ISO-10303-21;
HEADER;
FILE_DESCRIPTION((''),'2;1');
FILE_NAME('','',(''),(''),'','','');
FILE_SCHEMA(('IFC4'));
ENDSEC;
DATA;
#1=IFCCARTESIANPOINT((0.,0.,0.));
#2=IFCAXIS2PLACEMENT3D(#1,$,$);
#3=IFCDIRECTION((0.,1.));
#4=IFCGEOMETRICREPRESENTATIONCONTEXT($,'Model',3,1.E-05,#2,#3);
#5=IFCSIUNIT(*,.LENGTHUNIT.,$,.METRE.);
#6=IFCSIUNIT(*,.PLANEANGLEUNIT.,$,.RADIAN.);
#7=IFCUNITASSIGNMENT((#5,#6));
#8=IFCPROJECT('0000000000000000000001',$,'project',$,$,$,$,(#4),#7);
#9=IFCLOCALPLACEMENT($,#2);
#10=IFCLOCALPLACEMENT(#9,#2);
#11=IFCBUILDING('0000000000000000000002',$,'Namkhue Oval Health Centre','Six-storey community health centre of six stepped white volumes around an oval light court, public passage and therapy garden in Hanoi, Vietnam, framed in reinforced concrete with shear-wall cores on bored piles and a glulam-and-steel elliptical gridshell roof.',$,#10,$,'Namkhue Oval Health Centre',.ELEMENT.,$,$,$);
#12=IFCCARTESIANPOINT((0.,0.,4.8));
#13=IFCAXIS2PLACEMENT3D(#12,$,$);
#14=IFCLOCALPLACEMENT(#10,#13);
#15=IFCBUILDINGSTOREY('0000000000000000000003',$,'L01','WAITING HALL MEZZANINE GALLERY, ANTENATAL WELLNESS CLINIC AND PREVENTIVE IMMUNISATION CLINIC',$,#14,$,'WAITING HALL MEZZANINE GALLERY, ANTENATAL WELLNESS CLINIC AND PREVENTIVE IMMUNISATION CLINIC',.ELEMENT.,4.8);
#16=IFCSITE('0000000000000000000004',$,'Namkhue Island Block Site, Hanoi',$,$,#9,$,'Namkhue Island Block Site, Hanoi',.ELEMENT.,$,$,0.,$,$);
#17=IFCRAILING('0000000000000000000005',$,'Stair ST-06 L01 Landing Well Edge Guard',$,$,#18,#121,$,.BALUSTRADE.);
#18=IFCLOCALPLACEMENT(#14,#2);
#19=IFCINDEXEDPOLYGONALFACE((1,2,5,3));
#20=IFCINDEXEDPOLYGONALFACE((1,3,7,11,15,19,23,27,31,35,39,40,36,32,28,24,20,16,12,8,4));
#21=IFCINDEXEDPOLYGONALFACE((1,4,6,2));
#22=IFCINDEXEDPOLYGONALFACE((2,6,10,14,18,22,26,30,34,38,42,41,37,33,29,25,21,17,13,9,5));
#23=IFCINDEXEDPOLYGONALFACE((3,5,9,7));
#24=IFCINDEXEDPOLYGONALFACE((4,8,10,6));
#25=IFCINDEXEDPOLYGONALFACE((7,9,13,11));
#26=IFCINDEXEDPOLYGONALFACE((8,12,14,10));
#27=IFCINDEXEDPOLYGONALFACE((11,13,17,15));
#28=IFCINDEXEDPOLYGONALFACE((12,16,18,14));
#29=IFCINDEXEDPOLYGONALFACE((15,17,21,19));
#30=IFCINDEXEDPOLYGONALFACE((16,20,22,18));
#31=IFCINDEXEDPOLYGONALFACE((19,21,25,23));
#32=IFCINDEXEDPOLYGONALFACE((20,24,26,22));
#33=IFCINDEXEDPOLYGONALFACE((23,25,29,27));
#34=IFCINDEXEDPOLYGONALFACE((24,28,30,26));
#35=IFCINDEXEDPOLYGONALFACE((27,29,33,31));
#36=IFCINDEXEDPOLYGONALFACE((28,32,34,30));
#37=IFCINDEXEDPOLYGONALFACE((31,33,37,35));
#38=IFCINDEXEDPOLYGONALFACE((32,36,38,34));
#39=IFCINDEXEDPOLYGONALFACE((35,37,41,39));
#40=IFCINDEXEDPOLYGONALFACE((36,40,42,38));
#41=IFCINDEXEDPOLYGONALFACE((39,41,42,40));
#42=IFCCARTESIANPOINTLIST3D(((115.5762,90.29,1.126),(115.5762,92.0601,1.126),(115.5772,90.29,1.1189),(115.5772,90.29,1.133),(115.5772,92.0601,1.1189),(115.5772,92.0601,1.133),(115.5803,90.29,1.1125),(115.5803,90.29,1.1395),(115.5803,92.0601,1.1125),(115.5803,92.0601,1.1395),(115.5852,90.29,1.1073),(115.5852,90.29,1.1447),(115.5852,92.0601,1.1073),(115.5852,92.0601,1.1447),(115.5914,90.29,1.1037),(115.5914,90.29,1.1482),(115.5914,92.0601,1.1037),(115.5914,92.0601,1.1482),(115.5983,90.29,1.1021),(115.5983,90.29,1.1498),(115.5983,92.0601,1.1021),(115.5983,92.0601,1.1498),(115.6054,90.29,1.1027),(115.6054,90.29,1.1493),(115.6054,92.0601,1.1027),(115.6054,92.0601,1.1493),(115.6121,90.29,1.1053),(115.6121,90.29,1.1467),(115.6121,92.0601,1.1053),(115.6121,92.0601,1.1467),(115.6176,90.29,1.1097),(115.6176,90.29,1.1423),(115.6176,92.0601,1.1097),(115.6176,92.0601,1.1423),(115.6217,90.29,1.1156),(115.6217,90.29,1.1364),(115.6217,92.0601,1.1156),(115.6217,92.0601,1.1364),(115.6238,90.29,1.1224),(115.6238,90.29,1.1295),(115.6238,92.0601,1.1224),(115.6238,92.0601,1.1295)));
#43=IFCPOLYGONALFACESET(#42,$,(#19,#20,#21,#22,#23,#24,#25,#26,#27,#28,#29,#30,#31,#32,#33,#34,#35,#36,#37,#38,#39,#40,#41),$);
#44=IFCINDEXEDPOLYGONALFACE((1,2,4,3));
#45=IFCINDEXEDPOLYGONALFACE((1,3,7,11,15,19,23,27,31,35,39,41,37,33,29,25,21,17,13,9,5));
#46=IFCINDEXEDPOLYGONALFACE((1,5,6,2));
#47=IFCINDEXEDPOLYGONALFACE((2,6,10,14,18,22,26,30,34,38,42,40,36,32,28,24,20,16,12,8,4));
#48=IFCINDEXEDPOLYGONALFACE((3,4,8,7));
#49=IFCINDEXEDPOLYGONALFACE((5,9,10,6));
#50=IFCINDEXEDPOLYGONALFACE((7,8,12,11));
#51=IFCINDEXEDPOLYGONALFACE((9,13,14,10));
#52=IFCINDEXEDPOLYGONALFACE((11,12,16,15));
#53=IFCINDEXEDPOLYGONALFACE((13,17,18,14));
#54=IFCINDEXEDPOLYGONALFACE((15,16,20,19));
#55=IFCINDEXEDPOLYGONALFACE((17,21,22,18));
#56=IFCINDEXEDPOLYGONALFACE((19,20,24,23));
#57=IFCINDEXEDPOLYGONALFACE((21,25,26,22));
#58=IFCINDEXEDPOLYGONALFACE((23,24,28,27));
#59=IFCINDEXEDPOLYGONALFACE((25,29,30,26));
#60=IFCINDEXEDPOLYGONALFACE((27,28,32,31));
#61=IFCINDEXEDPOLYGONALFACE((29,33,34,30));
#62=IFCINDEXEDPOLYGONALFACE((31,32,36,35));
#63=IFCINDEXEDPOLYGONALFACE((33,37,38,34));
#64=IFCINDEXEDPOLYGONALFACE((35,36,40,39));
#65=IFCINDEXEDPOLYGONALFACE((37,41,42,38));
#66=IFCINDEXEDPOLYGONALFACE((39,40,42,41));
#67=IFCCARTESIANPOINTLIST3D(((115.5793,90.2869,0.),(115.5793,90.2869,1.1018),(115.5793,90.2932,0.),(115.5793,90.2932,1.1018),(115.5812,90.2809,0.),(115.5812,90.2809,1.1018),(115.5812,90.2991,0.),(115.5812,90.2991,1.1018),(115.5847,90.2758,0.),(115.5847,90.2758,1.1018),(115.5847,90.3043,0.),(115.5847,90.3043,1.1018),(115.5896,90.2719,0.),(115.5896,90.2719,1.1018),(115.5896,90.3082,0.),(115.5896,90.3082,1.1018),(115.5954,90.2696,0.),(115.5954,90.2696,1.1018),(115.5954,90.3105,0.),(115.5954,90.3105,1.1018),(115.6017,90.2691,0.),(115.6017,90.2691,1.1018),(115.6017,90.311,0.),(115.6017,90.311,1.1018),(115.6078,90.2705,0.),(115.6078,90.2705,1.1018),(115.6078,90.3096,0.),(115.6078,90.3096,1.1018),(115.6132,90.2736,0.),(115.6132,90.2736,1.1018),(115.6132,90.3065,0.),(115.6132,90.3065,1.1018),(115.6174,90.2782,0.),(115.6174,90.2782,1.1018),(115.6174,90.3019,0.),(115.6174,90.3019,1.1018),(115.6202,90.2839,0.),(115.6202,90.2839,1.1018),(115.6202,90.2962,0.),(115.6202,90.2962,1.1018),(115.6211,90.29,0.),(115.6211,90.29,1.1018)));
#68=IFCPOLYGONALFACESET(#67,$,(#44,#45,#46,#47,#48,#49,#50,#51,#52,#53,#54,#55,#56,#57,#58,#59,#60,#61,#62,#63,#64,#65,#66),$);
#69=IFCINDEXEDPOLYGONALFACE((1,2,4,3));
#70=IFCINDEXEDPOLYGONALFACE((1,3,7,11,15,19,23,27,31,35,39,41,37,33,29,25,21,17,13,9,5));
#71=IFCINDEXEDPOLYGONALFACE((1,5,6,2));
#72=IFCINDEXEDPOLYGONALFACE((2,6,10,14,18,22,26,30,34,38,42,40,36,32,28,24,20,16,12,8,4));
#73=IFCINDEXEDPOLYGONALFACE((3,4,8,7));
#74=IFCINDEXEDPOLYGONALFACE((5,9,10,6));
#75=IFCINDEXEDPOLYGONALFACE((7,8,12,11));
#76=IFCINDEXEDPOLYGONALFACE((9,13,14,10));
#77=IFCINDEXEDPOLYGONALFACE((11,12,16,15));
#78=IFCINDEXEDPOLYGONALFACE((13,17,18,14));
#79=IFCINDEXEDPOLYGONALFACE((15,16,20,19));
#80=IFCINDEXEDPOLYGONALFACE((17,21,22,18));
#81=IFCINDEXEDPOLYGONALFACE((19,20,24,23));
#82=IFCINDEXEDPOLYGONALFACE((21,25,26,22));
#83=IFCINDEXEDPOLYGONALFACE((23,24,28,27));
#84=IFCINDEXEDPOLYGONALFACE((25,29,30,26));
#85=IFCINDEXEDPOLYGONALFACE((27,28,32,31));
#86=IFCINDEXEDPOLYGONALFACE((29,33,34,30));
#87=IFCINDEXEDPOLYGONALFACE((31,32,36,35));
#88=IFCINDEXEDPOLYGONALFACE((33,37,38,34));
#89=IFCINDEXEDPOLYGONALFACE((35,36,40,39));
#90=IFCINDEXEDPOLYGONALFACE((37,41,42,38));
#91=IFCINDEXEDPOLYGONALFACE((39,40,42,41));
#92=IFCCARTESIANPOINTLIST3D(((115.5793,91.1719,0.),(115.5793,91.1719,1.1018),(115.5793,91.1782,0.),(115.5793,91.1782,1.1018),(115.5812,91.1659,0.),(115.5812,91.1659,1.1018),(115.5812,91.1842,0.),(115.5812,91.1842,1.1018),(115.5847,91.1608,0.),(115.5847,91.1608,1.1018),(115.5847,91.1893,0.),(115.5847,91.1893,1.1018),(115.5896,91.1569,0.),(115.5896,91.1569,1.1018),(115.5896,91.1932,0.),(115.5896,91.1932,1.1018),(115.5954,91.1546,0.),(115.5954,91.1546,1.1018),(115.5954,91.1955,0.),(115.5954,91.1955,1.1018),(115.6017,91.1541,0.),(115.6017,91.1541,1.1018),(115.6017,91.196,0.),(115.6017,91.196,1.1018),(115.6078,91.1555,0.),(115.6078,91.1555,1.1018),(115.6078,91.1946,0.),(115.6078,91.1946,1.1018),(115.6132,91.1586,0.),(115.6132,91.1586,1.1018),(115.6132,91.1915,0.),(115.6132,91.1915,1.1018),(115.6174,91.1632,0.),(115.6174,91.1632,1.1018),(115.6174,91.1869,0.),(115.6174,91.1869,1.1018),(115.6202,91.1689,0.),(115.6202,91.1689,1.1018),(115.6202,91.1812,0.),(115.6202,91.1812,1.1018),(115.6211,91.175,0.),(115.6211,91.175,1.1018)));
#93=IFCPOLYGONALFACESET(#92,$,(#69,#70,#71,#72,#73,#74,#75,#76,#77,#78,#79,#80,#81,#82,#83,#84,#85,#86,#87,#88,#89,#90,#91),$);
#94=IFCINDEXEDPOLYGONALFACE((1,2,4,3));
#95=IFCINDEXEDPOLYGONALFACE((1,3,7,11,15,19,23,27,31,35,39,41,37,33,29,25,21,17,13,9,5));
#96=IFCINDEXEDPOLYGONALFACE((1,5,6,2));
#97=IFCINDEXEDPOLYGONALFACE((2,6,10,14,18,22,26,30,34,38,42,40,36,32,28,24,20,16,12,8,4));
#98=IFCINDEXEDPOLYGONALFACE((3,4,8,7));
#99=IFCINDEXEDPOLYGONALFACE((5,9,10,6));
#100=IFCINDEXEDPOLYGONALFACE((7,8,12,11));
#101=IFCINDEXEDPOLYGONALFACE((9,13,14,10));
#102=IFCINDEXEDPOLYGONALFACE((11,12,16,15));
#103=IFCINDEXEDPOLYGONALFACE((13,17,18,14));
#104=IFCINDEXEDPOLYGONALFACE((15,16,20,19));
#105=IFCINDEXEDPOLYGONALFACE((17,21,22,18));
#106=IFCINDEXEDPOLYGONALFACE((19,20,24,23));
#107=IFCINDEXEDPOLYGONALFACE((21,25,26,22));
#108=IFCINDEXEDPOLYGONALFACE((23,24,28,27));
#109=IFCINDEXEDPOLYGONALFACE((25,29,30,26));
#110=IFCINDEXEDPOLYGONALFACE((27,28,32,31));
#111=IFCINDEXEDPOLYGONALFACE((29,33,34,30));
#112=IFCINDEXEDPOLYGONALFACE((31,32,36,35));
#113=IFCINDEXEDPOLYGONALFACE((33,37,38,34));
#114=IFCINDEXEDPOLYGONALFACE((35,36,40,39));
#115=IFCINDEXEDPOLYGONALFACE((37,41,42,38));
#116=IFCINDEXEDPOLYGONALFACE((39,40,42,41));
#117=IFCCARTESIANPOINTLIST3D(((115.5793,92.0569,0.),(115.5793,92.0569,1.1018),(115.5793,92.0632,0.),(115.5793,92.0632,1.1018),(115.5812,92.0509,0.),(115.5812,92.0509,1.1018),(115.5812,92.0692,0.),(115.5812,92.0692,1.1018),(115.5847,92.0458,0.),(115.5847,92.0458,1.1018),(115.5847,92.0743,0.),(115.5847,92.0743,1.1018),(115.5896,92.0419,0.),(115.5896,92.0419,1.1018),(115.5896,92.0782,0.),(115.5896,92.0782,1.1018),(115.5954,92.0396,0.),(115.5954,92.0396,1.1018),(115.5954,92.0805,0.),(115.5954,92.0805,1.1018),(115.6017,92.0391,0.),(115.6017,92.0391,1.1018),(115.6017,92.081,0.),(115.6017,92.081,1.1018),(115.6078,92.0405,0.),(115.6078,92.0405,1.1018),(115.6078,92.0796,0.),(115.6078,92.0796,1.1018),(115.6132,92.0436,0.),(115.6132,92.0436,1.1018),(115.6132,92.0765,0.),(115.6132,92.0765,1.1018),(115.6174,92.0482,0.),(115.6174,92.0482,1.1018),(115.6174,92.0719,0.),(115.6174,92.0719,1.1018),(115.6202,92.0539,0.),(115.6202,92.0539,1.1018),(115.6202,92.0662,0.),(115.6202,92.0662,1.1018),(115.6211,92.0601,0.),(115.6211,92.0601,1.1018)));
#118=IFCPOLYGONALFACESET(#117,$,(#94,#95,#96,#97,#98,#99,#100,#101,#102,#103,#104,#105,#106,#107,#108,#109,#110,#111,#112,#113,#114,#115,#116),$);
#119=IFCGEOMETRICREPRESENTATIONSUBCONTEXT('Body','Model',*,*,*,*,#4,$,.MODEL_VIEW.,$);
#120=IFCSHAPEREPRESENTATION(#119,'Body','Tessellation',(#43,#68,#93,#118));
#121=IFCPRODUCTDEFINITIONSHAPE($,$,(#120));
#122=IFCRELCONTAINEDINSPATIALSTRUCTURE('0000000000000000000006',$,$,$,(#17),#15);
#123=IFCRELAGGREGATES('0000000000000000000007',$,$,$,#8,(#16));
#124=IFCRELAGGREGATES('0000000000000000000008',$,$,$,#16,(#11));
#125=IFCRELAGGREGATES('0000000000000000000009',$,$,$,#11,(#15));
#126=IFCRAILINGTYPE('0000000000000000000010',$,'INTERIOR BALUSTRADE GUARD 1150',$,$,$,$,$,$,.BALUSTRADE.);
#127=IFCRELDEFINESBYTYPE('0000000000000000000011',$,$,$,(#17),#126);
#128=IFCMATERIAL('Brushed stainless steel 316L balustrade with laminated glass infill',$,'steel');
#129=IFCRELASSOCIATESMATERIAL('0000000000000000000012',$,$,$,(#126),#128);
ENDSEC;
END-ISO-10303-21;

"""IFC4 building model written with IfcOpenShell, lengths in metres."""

from ifc_helpers import new_model, si_unit, direction, frame, origin, origin_2d, place, context, subcontext, project, spatial, circle, extrude, material, type_object, element, save


model = new_model("IFC4")

# Units and contexts
model_context = context("Model", 3, precision=1e-05, world=origin(), true_north=direction((0.0, 1.0)))
body_context = subcontext(model_context, "Body", "Model", "MODEL_VIEW")
ifc_project = project(units=[si_unit("LENGTHUNIT", "METRE"), si_unit("PLANEANGLEUNIT", "RADIAN")], contexts=[model_context])

# Site, building, storey
site_placement = place(None, origin())
site = spatial("IfcSite", under=ifc_project, at=site_placement, Name="Namkhue Island Block Site, Hanoi", LongName="Namkhue Island Block Site, Hanoi", CompositionType="ELEMENT", RefElevation=0.0)
building_placement = place(site_placement, origin())
building = spatial("IfcBuilding", under=site, at=building_placement, Name="Namkhue Oval Health Centre", Description="Six-storey community health centre of six stepped white volumes around an oval light court, public passage and therapy garden in Hanoi, Vietnam, framed in reinforced concrete with shear-wall cores on bored piles and a glulam-and-steel elliptical gridshell roof.", LongName="Namkhue Oval Health Centre", CompositionType="ELEMENT")
storey_placement = place(building_placement, frame((0.0, 0.0, 4.8)))
storey = spatial("IfcBuildingStorey", under=building, at=storey_placement, Name="L01", Description="WAITING HALL MEZZANINE GALLERY, ANTENATAL WELLNESS CLINIC AND PREVENTIVE IMMUNISATION CLINIC", LongName="WAITING HALL MEZZANINE GALLERY, ANTENATAL WELLNESS CLINIC AND PREVENTIVE IMMUNISATION CLINIC", CompositionType="ELEMENT", Elevation=4.8)

# Railing
ifc_material_1 = material(Name="Brushed stainless steel 316L balustrade with laminated glass infill", Category="steel")
railing_type_1 = type_object("IfcRailingType", Name="INTERIOR BALUSTRADE GUARD 1150", PredefinedType="BALUSTRADE", material=ifc_material_1)
railing_1_placement = place(storey_placement, frame((115.6001, 90.29, 0.0)))
element("IfcRailing", 1, at=railing_1_placement, inside=storey, type_object=railing_type_1, Name="Stair ST-06 L01 Landing Well Edge Guard", PredefinedType="BALUSTRADE", context=body_context, shape_type="SweptSolid", body=[
    extrude(circle(Radius=0.0239, at=origin_2d()), frame((0.0, 0.0, 1.126), z_axis=(0.0, 1.0, 0.0), x_axis=(-1.0, 0.0, 0.0)), (0.0, 0.0, 1.0), 1.77),
    extrude(circle(Radius=0.021, at=origin_2d()), origin(), (0.0, 0.0, 1.0), 1.1018),
    extrude(circle(Radius=0.021, at=origin_2d()), frame((0.0, 0.885, 0.0)), (0.0, 0.0, 1.0), 1.1018),
    extrude(circle(Radius=0.021, at=origin_2d()), frame((0.0, 1.77, 0.0)), (0.0, 0.0, 1.0), 1.1018),
])

save(model, "model.ifc")
